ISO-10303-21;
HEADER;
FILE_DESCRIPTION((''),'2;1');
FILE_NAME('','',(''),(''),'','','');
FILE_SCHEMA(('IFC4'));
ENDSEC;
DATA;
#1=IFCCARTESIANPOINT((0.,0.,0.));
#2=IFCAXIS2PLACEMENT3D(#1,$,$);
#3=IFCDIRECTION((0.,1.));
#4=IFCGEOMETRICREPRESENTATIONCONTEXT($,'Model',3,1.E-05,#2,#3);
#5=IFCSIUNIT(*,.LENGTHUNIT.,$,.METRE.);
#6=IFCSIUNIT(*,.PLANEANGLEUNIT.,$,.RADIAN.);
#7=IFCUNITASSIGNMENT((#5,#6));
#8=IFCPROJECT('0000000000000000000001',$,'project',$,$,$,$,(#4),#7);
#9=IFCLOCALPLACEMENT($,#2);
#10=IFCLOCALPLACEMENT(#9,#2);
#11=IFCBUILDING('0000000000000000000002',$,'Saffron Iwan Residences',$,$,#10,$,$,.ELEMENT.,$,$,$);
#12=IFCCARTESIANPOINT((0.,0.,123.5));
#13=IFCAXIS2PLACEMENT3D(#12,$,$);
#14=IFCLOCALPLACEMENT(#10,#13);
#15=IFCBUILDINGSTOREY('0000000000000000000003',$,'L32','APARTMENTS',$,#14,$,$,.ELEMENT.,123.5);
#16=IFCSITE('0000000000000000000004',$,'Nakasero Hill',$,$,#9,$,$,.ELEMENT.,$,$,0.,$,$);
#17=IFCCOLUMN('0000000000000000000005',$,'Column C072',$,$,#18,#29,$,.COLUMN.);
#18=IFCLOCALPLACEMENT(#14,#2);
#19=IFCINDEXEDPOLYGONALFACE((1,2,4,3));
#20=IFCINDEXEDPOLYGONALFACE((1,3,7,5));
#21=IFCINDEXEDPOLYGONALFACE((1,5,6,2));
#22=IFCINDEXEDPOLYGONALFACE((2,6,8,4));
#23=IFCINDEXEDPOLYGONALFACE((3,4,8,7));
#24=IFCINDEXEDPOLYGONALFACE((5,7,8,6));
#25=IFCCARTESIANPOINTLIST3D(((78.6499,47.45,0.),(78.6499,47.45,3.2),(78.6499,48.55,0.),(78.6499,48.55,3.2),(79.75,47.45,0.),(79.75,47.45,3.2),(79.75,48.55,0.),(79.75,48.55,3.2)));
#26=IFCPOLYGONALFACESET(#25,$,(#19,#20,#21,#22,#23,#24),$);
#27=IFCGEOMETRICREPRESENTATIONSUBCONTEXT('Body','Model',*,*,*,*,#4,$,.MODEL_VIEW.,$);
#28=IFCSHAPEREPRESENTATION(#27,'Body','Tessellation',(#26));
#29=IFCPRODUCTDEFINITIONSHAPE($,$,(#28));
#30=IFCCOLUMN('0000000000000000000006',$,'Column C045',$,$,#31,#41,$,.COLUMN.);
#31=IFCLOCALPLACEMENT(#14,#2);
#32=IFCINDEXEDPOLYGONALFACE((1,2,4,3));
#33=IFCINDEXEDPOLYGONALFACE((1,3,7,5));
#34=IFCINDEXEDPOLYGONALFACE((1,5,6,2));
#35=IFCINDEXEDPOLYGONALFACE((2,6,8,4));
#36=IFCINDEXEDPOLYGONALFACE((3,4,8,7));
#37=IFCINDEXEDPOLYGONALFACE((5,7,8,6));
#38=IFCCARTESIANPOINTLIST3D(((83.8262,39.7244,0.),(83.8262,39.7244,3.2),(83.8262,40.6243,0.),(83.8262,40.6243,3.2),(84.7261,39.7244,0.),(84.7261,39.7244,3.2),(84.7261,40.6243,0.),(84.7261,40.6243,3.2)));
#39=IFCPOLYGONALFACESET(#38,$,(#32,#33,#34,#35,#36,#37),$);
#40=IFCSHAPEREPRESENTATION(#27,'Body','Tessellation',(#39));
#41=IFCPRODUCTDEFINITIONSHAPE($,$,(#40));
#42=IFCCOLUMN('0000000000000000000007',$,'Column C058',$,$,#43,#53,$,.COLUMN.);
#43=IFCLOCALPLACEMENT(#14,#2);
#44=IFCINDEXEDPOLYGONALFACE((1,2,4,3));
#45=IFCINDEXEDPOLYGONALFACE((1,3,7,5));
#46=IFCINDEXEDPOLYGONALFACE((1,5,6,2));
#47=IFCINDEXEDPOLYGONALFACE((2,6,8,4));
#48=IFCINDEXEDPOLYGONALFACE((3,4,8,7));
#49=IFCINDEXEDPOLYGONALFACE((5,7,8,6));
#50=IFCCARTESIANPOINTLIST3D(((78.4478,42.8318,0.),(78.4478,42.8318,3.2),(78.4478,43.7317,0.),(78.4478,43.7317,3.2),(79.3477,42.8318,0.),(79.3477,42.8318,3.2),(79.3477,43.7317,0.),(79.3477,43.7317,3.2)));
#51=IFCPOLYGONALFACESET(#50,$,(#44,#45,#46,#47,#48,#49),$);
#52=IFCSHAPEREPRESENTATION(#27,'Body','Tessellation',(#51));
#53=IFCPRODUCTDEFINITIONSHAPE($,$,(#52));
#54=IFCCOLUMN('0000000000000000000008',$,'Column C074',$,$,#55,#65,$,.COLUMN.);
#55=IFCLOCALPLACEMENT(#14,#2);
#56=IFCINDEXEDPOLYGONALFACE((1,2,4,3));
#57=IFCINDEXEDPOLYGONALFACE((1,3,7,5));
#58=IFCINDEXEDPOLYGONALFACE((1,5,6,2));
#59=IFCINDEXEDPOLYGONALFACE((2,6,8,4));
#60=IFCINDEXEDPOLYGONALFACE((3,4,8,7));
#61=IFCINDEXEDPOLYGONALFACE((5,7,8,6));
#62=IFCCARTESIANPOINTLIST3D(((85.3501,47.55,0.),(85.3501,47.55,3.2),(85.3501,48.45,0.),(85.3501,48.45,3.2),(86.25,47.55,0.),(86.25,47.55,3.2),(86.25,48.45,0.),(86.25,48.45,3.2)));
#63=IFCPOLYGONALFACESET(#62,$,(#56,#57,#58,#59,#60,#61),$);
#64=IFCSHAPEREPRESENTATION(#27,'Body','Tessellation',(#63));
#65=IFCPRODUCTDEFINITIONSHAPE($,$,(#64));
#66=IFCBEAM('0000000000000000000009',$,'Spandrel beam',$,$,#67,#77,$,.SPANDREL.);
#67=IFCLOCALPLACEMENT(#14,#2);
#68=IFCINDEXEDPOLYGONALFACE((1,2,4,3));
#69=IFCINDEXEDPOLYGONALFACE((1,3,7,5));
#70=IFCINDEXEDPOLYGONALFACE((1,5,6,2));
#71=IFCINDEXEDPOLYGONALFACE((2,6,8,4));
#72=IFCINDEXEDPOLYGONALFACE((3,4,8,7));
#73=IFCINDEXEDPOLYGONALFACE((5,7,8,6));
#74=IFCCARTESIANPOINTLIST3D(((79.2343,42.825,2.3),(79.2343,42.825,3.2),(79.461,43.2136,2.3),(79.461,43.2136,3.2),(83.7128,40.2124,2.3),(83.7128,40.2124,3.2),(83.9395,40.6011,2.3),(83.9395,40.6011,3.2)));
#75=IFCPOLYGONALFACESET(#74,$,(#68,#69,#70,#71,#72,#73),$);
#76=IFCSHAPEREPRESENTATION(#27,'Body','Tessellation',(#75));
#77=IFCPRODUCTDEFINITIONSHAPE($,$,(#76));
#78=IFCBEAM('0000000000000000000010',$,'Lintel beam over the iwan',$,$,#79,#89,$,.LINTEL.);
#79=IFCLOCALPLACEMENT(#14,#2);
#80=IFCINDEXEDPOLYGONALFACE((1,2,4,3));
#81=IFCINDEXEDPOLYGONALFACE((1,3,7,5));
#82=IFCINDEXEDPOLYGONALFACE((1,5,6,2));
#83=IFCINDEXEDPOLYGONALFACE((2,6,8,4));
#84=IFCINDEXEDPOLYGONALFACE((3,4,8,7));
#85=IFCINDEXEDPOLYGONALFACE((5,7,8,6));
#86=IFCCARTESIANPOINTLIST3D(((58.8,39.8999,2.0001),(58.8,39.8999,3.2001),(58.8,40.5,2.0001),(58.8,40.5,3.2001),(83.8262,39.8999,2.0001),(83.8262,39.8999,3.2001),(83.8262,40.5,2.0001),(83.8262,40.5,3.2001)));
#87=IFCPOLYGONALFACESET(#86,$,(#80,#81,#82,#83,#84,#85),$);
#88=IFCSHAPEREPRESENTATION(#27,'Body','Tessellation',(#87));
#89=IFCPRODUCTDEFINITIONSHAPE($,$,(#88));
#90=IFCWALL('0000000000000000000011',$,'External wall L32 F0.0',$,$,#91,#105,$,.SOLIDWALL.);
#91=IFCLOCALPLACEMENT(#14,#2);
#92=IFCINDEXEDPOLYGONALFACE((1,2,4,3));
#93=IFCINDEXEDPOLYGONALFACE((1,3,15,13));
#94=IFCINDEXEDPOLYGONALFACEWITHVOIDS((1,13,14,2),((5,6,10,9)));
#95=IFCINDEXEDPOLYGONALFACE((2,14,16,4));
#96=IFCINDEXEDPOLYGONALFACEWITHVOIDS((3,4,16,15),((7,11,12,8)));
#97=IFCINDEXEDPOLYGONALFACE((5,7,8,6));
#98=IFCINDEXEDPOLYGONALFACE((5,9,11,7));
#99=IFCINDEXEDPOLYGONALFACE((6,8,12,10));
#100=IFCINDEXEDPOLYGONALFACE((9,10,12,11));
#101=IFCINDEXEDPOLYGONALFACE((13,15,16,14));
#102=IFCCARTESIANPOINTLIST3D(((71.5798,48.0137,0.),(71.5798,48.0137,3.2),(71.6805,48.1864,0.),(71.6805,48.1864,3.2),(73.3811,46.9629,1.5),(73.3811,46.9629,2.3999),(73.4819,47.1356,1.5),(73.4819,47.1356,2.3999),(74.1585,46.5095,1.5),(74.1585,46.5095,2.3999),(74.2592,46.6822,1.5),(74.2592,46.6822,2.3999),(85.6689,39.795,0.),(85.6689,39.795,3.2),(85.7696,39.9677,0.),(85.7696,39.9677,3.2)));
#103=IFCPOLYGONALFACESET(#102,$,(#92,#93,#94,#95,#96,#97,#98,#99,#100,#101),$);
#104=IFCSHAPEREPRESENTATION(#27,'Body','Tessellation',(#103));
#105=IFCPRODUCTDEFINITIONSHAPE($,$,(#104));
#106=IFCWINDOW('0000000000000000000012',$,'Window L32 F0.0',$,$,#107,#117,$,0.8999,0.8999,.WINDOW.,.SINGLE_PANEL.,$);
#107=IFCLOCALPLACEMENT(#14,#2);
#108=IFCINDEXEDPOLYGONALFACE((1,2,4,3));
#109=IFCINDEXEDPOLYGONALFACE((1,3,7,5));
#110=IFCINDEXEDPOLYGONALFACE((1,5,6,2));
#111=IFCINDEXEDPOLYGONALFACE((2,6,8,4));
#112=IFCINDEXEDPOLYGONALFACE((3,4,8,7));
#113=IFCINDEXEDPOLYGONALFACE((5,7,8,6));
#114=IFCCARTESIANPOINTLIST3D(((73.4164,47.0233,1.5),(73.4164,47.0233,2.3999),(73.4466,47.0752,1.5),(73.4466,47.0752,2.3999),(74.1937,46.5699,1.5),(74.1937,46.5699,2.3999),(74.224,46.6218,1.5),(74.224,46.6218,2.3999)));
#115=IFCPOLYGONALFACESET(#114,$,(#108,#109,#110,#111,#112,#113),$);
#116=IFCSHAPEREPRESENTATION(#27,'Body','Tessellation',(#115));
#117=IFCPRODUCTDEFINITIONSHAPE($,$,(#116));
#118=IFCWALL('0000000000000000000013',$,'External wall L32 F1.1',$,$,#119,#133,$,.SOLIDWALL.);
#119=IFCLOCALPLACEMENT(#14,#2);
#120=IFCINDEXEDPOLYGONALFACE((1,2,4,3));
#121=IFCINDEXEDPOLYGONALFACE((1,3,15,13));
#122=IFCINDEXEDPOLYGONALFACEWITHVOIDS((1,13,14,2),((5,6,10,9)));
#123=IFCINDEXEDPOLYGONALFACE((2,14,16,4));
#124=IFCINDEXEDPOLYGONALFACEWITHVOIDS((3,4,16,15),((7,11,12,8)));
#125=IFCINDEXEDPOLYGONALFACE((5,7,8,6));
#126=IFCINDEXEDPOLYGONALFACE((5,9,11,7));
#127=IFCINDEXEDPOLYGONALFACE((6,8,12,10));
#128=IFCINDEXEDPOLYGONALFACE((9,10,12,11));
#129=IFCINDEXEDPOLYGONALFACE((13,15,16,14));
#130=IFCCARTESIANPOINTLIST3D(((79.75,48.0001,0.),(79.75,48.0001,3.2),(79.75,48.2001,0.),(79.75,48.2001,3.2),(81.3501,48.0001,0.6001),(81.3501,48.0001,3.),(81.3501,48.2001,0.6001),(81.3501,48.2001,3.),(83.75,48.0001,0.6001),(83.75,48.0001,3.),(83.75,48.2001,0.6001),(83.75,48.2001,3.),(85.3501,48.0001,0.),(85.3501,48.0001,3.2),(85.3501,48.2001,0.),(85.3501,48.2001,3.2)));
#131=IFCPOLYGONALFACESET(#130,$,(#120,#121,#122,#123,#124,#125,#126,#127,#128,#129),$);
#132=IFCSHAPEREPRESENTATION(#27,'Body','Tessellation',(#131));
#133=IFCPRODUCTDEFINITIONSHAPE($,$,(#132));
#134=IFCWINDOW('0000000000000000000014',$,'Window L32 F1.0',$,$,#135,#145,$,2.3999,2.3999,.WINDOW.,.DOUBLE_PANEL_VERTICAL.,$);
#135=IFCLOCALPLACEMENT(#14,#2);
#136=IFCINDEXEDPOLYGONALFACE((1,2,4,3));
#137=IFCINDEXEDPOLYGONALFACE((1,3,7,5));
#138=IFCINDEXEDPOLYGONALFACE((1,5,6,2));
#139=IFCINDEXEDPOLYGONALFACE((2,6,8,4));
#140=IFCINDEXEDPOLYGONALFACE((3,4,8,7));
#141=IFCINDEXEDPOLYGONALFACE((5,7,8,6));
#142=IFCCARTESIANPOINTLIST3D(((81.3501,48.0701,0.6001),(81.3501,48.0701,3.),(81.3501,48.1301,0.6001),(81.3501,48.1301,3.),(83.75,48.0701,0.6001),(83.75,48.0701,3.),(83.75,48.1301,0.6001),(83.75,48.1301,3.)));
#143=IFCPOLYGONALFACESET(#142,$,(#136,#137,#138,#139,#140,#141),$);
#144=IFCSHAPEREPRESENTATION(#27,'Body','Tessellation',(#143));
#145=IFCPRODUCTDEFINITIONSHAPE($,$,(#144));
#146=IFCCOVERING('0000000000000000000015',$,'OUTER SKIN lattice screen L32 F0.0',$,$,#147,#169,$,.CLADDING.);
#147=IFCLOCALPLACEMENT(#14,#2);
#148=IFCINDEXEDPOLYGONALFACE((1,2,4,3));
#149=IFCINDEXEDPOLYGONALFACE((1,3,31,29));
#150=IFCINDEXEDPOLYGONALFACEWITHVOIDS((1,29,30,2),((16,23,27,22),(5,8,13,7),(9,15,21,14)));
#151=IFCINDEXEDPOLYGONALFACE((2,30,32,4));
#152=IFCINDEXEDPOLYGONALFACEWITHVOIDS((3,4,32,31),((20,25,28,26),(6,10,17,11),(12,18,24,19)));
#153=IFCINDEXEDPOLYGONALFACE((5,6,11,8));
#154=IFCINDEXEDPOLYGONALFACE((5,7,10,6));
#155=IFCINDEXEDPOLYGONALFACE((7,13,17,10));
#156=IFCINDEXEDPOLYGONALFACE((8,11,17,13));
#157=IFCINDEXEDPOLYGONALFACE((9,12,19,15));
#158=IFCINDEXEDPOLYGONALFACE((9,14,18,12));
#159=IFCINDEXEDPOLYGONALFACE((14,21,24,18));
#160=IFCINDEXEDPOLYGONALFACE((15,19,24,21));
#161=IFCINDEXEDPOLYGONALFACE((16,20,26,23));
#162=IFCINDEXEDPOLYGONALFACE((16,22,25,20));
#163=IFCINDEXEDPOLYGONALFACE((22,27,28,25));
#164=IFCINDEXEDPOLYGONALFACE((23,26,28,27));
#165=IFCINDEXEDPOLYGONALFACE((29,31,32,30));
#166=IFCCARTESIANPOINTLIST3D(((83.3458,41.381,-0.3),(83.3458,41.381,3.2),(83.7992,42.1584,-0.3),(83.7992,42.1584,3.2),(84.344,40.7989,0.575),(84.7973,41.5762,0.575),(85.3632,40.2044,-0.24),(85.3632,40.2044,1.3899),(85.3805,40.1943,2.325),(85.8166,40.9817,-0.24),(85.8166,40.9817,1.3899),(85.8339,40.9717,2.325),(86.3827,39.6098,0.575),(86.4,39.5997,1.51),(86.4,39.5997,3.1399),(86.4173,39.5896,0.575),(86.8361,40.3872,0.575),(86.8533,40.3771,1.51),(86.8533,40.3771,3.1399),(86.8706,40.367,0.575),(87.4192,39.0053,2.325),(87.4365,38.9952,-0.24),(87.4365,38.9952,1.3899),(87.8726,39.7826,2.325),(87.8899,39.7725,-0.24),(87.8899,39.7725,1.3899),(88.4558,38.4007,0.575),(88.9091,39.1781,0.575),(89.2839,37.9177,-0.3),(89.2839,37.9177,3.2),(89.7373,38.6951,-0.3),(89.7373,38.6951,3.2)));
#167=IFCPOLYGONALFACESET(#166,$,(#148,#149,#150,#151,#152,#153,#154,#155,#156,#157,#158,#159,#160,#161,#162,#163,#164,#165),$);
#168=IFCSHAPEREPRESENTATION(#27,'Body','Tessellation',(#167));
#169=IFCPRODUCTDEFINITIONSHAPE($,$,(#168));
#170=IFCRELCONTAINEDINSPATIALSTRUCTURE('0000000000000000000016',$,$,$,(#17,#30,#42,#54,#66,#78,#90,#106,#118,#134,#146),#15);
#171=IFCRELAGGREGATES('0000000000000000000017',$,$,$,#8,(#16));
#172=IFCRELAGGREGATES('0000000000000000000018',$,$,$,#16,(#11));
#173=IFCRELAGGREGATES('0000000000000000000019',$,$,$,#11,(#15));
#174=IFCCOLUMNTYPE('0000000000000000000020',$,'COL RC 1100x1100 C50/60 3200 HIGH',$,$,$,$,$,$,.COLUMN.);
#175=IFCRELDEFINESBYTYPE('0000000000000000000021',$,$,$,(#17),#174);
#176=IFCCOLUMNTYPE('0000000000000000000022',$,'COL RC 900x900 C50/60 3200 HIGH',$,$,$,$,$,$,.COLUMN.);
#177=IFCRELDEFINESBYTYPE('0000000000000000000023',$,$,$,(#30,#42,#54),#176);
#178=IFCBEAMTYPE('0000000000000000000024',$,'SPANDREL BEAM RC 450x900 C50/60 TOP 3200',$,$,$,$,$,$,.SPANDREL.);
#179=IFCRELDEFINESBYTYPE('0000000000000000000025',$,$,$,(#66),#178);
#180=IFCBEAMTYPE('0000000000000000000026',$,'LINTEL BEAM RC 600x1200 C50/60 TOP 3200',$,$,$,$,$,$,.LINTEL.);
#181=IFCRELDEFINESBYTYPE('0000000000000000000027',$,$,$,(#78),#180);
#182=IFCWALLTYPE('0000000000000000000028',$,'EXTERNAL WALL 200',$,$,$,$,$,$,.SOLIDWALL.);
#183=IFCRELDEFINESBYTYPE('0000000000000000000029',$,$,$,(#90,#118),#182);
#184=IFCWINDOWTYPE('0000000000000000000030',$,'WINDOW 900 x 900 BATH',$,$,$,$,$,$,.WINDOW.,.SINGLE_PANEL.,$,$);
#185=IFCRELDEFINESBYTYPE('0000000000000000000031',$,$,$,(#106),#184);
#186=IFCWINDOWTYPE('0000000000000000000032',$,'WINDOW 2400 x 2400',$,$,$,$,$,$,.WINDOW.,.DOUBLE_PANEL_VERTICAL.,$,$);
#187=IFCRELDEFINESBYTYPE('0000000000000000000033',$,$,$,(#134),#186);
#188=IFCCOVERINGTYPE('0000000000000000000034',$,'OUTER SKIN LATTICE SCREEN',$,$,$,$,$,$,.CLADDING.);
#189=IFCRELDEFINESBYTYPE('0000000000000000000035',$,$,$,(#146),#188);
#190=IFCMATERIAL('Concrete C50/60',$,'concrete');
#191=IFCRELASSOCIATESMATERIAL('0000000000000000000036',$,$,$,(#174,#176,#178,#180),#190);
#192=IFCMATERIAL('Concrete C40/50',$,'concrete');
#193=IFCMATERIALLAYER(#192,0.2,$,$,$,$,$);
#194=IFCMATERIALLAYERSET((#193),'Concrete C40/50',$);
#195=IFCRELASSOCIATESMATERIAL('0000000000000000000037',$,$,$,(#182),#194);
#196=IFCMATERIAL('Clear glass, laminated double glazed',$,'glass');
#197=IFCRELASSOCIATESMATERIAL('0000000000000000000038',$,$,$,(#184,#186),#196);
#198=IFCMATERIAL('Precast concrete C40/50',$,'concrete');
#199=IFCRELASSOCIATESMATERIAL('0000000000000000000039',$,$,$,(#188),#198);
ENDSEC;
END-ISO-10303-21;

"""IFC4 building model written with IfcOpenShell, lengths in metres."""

from ifc_helpers import new_model, si_unit, direction, frame, frame_2d, origin, origin_2d, place, context, subcontext, project, spatial, polyline, rectangle, outline, extrude, source, transform, mapped, material, layer, layer_set, material_profile, profile_set, type_object, element, fill, save


model = new_model("IFC4")

# Units and contexts
model_context = context("Model", 3, precision=1e-05, world=origin(), true_north=direction((0.0, 1.0)))
body_context = subcontext(model_context, "Body", "Model", "MODEL_VIEW")
ifc_project = project(units=[si_unit("LENGTHUNIT", "METRE"), si_unit("PLANEANGLEUNIT", "RADIAN")], contexts=[model_context])

# Site, building, storey
site_placement = place(None, origin())
site = spatial("IfcSite", under=ifc_project, at=site_placement, Name="Nakasero Hill", CompositionType="ELEMENT", RefElevation=0.0)
building_placement = place(site_placement, origin())
building = spatial("IfcBuilding", under=site, at=building_placement, Name="Saffron Iwan Residences", CompositionType="ELEMENT")
storey_placement = place(building_placement, frame((0.0, 0.0, 123.5)))
storey = spatial("IfcBuildingStorey", under=building, at=storey_placement, Name="L32", Description="APARTMENTS", CompositionType="ELEMENT", Elevation=123.5)

# Columns
ifc_material_1 = material(Name="Concrete C50/60", Category="concrete")
ifc_material_profile_1 = material_profile(ifc_material_1, rectangle(XDim=1.1001, YDim=1.1001, at=origin_2d()), Name="RC 1100x1100")
ifc_profile_set_1 = profile_set([ifc_material_profile_1], Name="Concrete C50/60")
column_type_1 = type_object("IfcColumnType", Name="COL RC 1100x1100 C50/60 3200 HIGH", PredefinedType="COLUMN", material=ifc_profile_set_1)
shared_shape_1 = source(origin(), body_context, "Body", "SweptSolid", [
    extrude(rectangle(XDim=1.1001, YDim=1.1001, at=origin_2d()), origin(), (0.0, 0.0, 1.0), 3.2),
])
column_placement = place(storey_placement, frame((79.2, 48.0, 0.0), z_axis=(0.0, 0.0, 1.0), x_axis=(1.0, 0.0, 0.0)))
element("IfcColumn", 1, at=column_placement, inside=storey, type_object=column_type_1, Name="Column C072", PredefinedType="COLUMN", context=body_context, shape_type="MappedRepresentation", body=[
    mapped(shared_shape_1, transform((0.0, 0.0, 0.0))),
])
ifc_material_profile_2 = material_profile(ifc_material_1, rectangle(XDim=0.8999, YDim=0.8999, at=origin_2d()), Name="RC 900x900")
ifc_profile_set_2 = profile_set([ifc_material_profile_2], Name="Concrete C50/60")
column_type_2 = type_object("IfcColumnType", Name="COL RC 900x900 C50/60 3200 HIGH", PredefinedType="COLUMN", material=ifc_profile_set_2)
shared_shape_2 = source(origin(), body_context, "Body", "SweptSolid", [
    extrude(rectangle(XDim=0.8999, YDim=0.8999, at=origin_2d()), origin(), (0.0, 0.0, 1.0), 3.2),
])
for number, where, z_axis, x_axis, name in (
    (2, (84.2761, 40.1743, 0.0), (0.0, 0.0, 1.0), (1.0, 0.0, 0.0), "Column C045"),
    (3, (78.8977, 43.2817, 0.0), (0.0, 0.0, 1.0), (1.0, 0.0, 0.0), "Column C058"),
    (4, (85.8, 48.0, 0.0), (0.0, 0.0, 1.0), (1.0, 0.0, 0.0), "Column C074"),
):
    element("IfcColumn", number, at=place(storey_placement, frame(where, z_axis=z_axis, x_axis=x_axis)), inside=storey, type_object=column_type_2, Name=name, PredefinedType="COLUMN", context=body_context, shape_type="MappedRepresentation", body=[
        mapped(shared_shape_2, transform((0.0, 0.0, 0.0))),
    ])

# Beams
ifc_material_profile_3 = material_profile(ifc_material_1, rectangle(XDim=0.45, YDim=0.8999, at=origin_2d()), Name="RC 450x900")
ifc_profile_set_3 = profile_set([ifc_material_profile_3], Name="Concrete C50/60")
beam_type_1 = type_object("IfcBeamType", Name="SPANDREL BEAM RC 450x900 C50/60 TOP 3200", PredefinedType="SPANDREL", material=ifc_profile_set_3)
shared_shape_3 = source(origin(), body_context, "Body", "SweptSolid", [
    extrude(rectangle(XDim=0.45, YDim=0.8999, at=origin_2d()), origin(), (0.0, 0.0, 1.0), 5.1848),
])
beam_1_placement = place(storey_placement, frame((79.3477, 43.0193, 2.75), z_axis=(0.863772, -0.503883, 0.0), x_axis=(0.503883, 0.863772, 0.0)))
element("IfcBeam", 5, at=beam_1_placement, inside=storey, type_object=beam_type_1, Name="Spandrel beam", PredefinedType="SPANDREL", context=body_context, shape_type="MappedRepresentation", body=[
    mapped(shared_shape_3, transform((0.0, 0.0, 0.0))),
])
ifc_material_profile_4 = material_profile(ifc_material_1, rectangle(XDim=0.6001, YDim=1.2, at=origin_2d()), Name="RC 600x1200")
ifc_profile_set_4 = profile_set([ifc_material_profile_4], Name="Concrete C50/60")
beam_type_2 = type_object("IfcBeamType", Name="LINTEL BEAM RC 600x1200 C50/60 TOP 3200", PredefinedType="LINTEL", material=ifc_profile_set_4)
shared_shape_4 = source(origin(), body_context, "Body", "SweptSolid", [
    extrude(rectangle(XDim=0.6001, YDim=1.2, at=origin_2d()), origin(), (0.0, 0.0, 1.0), 25.0261),
])
beam_2_placement = place(storey_placement, frame((83.8262, 40.2, 2.6001), z_axis=(-1.0, 0.0, 0.0), x_axis=(0.0, -1.0, 0.0)))
element("IfcBeam", 6, at=beam_2_placement, inside=storey, type_object=beam_type_2, Name="Lintel beam over the iwan", PredefinedType="LINTEL", context=body_context, shape_type="MappedRepresentation", body=[
    mapped(shared_shape_4, transform((0.0, 0.0, 0.0))),
])

# Walls, openings, windows
ifc_material_2 = material(Name="Concrete C40/50", Category="concrete")
ifc_layer = layer(ifc_material_2, 0.2)
ifc_layer_set = layer_set([ifc_layer], Name="Concrete C40/50")
wall_type = type_object("IfcWallType", Name="EXTERNAL WALL 200", PredefinedType="SOLIDWALL", material=ifc_layer_set)
wall_1_placement = place(storey_placement, frame((85.7192, 39.8813, 0.0), z_axis=(0.0, 0.0, 1.0), x_axis=(-0.863776, 0.503876, 0.0)))
wall_1 = element("IfcWall", 7, at=wall_1_placement, inside=storey, type_object=wall_type, Name="External wall L32 F0.0", PredefinedType="SOLIDWALL", context=body_context, shape_type="SweptSolid", body=[
    extrude(rectangle(XDim=16.311, YDim=0.2, at=frame_2d((8.1555, 0.0))), origin(), (0.0, 0.0, 1.0), 3.2),
])
opening_1_placement = place(wall_1_placement, frame((13.3257, 0.0, 1.5)))
opening_1 = element("IfcOpeningElement", 8, at=opening_1_placement, cuts=wall_1, PredefinedType="OPENING", context=body_context, shape_type="SweptSolid", body=[
    extrude(rectangle(XDim=0.8999, YDim=0.8999, at=frame_2d((0.45, 0.45))), frame((0.0, 0.1099, 0.0), z_axis=(0.0, -1.0, 0.0), x_axis=(1.0, 0.0, 0.0)), (0.0, 0.0, 1.0), 0.22),
])
ifc_material_3 = material(Name="Clear glass, laminated double glazed", Category="glass")
window_type_1 = type_object("IfcWindowType", Name="WINDOW 900 x 900 BATH", PartitioningType="SINGLE_PANEL", PredefinedType="WINDOW", material=ifc_material_3)
window_1_placement = place(opening_1_placement, origin())
window_1 = element("IfcWindow", 9, at=window_1_placement, inside=storey, type_object=window_type_1, Name="Window L32 F0.0", OverallHeight=0.8999, OverallWidth=0.8999, PartitioningType="SINGLE_PANEL", PredefinedType="WINDOW", context=body_context, shape_type="SweptSolid", body=[
    extrude(rectangle(XDim=0.8999, YDim=0.8999, at=frame_2d((0.45, 0.45))), frame((0.0, 0.03, 0.0), z_axis=(0.0, -1.0, 0.0), x_axis=(1.0, 0.0, 0.0)), (0.0, 0.0, 1.0), 0.0601),
])
fill(opening_1, window_1)
wall_2_placement = place(storey_placement, frame((79.75, 48.1001, 0.0), z_axis=(0.0, 0.0, 1.0), x_axis=(1.0, 0.0, 0.0)))
wall_2 = element("IfcWall", 10, at=wall_2_placement, inside=storey, type_object=wall_type, Name="External wall L32 F1.1", PredefinedType="SOLIDWALL", context=body_context, shape_type="SweptSolid", body=[
    extrude(rectangle(XDim=5.6001, YDim=0.2, at=frame_2d((2.8, 0.0))), origin(), (0.0, 0.0, 1.0), 3.2),
])
opening_2_placement = place(wall_2_placement, frame((1.6001, 0.0, 0.6001)))
opening_2 = element("IfcOpeningElement", 11, at=opening_2_placement, cuts=wall_2, PredefinedType="OPENING", context=body_context, shape_type="SweptSolid", body=[
    extrude(rectangle(XDim=2.3999, YDim=2.3999, at=frame_2d((1.2, 1.2))), frame((0.0, 0.1099, 0.0), z_axis=(0.0, -1.0, 0.0), x_axis=(1.0, 0.0, 0.0)), (0.0, 0.0, 1.0), 0.22),
])
window_type_2 = type_object("IfcWindowType", Name="WINDOW 2400 x 2400", PartitioningType="DOUBLE_PANEL_VERTICAL", PredefinedType="WINDOW", material=ifc_material_3)
window_2_placement = place(opening_2_placement, origin())
window_2 = element("IfcWindow", 12, at=window_2_placement, inside=storey, type_object=window_type_2, Name="Window L32 F1.0", OverallHeight=2.3999, OverallWidth=2.3999, PartitioningType="DOUBLE_PANEL_VERTICAL", PredefinedType="WINDOW", context=body_context, shape_type="SweptSolid", body=[
    extrude(rectangle(XDim=2.3999, YDim=2.3999, at=frame_2d((1.2, 1.2))), frame((0.0, 0.03, 0.0), z_axis=(0.0, -1.0, 0.0), x_axis=(1.0, 0.0, 0.0)), (0.0, 0.0, 1.0), 0.0601),
])
fill(opening_2, window_2)

# Covering
ifc_material_4 = material(Name="Precast concrete C40/50", Category="concrete")
covering_type = type_object("IfcCoveringType", Name="OUTER SKIN LATTICE SCREEN", PredefinedType="CLADDING", material=ifc_material_4)
covering_1_placement = place(storey_placement, frame((89.2839, 37.9177, -0.3), z_axis=(0.503804, 0.863818, 0.0), x_axis=(-0.863818, 0.503804, 0.0)))
element("IfcCovering", 13, at=covering_1_placement, inside=storey, type_object=covering_type, Name="OUTER SKIN lattice screen L32 F0.0", PredefinedType="CLADDING", context=body_context, shape_type="SweptSolid", body=[
    extrude(outline(polyline([(0.0, 0.0), (6.8743, 0.0), (6.8743, 3.5), (0.0, 3.5), (0.0, 0.0)]), holes=[polyline([(0.9587, 0.875), (2.1387, 0.0601), (3.3186, 0.875), (2.1387, 1.6899), (0.9587, 0.875)]), polyline([(3.3586, 0.875), (4.5388, 0.0601), (5.7188, 0.875), (4.5388, 1.6899), (3.3586, 0.875)]), polyline([(2.1587, 2.625), (3.3386, 1.8101), (4.5188, 2.625), (3.3386, 3.4399), (2.1587, 2.625)])]), origin(), (0.0, 0.0, 1.0), 0.8999),
])

save(model, "model.ifc")
